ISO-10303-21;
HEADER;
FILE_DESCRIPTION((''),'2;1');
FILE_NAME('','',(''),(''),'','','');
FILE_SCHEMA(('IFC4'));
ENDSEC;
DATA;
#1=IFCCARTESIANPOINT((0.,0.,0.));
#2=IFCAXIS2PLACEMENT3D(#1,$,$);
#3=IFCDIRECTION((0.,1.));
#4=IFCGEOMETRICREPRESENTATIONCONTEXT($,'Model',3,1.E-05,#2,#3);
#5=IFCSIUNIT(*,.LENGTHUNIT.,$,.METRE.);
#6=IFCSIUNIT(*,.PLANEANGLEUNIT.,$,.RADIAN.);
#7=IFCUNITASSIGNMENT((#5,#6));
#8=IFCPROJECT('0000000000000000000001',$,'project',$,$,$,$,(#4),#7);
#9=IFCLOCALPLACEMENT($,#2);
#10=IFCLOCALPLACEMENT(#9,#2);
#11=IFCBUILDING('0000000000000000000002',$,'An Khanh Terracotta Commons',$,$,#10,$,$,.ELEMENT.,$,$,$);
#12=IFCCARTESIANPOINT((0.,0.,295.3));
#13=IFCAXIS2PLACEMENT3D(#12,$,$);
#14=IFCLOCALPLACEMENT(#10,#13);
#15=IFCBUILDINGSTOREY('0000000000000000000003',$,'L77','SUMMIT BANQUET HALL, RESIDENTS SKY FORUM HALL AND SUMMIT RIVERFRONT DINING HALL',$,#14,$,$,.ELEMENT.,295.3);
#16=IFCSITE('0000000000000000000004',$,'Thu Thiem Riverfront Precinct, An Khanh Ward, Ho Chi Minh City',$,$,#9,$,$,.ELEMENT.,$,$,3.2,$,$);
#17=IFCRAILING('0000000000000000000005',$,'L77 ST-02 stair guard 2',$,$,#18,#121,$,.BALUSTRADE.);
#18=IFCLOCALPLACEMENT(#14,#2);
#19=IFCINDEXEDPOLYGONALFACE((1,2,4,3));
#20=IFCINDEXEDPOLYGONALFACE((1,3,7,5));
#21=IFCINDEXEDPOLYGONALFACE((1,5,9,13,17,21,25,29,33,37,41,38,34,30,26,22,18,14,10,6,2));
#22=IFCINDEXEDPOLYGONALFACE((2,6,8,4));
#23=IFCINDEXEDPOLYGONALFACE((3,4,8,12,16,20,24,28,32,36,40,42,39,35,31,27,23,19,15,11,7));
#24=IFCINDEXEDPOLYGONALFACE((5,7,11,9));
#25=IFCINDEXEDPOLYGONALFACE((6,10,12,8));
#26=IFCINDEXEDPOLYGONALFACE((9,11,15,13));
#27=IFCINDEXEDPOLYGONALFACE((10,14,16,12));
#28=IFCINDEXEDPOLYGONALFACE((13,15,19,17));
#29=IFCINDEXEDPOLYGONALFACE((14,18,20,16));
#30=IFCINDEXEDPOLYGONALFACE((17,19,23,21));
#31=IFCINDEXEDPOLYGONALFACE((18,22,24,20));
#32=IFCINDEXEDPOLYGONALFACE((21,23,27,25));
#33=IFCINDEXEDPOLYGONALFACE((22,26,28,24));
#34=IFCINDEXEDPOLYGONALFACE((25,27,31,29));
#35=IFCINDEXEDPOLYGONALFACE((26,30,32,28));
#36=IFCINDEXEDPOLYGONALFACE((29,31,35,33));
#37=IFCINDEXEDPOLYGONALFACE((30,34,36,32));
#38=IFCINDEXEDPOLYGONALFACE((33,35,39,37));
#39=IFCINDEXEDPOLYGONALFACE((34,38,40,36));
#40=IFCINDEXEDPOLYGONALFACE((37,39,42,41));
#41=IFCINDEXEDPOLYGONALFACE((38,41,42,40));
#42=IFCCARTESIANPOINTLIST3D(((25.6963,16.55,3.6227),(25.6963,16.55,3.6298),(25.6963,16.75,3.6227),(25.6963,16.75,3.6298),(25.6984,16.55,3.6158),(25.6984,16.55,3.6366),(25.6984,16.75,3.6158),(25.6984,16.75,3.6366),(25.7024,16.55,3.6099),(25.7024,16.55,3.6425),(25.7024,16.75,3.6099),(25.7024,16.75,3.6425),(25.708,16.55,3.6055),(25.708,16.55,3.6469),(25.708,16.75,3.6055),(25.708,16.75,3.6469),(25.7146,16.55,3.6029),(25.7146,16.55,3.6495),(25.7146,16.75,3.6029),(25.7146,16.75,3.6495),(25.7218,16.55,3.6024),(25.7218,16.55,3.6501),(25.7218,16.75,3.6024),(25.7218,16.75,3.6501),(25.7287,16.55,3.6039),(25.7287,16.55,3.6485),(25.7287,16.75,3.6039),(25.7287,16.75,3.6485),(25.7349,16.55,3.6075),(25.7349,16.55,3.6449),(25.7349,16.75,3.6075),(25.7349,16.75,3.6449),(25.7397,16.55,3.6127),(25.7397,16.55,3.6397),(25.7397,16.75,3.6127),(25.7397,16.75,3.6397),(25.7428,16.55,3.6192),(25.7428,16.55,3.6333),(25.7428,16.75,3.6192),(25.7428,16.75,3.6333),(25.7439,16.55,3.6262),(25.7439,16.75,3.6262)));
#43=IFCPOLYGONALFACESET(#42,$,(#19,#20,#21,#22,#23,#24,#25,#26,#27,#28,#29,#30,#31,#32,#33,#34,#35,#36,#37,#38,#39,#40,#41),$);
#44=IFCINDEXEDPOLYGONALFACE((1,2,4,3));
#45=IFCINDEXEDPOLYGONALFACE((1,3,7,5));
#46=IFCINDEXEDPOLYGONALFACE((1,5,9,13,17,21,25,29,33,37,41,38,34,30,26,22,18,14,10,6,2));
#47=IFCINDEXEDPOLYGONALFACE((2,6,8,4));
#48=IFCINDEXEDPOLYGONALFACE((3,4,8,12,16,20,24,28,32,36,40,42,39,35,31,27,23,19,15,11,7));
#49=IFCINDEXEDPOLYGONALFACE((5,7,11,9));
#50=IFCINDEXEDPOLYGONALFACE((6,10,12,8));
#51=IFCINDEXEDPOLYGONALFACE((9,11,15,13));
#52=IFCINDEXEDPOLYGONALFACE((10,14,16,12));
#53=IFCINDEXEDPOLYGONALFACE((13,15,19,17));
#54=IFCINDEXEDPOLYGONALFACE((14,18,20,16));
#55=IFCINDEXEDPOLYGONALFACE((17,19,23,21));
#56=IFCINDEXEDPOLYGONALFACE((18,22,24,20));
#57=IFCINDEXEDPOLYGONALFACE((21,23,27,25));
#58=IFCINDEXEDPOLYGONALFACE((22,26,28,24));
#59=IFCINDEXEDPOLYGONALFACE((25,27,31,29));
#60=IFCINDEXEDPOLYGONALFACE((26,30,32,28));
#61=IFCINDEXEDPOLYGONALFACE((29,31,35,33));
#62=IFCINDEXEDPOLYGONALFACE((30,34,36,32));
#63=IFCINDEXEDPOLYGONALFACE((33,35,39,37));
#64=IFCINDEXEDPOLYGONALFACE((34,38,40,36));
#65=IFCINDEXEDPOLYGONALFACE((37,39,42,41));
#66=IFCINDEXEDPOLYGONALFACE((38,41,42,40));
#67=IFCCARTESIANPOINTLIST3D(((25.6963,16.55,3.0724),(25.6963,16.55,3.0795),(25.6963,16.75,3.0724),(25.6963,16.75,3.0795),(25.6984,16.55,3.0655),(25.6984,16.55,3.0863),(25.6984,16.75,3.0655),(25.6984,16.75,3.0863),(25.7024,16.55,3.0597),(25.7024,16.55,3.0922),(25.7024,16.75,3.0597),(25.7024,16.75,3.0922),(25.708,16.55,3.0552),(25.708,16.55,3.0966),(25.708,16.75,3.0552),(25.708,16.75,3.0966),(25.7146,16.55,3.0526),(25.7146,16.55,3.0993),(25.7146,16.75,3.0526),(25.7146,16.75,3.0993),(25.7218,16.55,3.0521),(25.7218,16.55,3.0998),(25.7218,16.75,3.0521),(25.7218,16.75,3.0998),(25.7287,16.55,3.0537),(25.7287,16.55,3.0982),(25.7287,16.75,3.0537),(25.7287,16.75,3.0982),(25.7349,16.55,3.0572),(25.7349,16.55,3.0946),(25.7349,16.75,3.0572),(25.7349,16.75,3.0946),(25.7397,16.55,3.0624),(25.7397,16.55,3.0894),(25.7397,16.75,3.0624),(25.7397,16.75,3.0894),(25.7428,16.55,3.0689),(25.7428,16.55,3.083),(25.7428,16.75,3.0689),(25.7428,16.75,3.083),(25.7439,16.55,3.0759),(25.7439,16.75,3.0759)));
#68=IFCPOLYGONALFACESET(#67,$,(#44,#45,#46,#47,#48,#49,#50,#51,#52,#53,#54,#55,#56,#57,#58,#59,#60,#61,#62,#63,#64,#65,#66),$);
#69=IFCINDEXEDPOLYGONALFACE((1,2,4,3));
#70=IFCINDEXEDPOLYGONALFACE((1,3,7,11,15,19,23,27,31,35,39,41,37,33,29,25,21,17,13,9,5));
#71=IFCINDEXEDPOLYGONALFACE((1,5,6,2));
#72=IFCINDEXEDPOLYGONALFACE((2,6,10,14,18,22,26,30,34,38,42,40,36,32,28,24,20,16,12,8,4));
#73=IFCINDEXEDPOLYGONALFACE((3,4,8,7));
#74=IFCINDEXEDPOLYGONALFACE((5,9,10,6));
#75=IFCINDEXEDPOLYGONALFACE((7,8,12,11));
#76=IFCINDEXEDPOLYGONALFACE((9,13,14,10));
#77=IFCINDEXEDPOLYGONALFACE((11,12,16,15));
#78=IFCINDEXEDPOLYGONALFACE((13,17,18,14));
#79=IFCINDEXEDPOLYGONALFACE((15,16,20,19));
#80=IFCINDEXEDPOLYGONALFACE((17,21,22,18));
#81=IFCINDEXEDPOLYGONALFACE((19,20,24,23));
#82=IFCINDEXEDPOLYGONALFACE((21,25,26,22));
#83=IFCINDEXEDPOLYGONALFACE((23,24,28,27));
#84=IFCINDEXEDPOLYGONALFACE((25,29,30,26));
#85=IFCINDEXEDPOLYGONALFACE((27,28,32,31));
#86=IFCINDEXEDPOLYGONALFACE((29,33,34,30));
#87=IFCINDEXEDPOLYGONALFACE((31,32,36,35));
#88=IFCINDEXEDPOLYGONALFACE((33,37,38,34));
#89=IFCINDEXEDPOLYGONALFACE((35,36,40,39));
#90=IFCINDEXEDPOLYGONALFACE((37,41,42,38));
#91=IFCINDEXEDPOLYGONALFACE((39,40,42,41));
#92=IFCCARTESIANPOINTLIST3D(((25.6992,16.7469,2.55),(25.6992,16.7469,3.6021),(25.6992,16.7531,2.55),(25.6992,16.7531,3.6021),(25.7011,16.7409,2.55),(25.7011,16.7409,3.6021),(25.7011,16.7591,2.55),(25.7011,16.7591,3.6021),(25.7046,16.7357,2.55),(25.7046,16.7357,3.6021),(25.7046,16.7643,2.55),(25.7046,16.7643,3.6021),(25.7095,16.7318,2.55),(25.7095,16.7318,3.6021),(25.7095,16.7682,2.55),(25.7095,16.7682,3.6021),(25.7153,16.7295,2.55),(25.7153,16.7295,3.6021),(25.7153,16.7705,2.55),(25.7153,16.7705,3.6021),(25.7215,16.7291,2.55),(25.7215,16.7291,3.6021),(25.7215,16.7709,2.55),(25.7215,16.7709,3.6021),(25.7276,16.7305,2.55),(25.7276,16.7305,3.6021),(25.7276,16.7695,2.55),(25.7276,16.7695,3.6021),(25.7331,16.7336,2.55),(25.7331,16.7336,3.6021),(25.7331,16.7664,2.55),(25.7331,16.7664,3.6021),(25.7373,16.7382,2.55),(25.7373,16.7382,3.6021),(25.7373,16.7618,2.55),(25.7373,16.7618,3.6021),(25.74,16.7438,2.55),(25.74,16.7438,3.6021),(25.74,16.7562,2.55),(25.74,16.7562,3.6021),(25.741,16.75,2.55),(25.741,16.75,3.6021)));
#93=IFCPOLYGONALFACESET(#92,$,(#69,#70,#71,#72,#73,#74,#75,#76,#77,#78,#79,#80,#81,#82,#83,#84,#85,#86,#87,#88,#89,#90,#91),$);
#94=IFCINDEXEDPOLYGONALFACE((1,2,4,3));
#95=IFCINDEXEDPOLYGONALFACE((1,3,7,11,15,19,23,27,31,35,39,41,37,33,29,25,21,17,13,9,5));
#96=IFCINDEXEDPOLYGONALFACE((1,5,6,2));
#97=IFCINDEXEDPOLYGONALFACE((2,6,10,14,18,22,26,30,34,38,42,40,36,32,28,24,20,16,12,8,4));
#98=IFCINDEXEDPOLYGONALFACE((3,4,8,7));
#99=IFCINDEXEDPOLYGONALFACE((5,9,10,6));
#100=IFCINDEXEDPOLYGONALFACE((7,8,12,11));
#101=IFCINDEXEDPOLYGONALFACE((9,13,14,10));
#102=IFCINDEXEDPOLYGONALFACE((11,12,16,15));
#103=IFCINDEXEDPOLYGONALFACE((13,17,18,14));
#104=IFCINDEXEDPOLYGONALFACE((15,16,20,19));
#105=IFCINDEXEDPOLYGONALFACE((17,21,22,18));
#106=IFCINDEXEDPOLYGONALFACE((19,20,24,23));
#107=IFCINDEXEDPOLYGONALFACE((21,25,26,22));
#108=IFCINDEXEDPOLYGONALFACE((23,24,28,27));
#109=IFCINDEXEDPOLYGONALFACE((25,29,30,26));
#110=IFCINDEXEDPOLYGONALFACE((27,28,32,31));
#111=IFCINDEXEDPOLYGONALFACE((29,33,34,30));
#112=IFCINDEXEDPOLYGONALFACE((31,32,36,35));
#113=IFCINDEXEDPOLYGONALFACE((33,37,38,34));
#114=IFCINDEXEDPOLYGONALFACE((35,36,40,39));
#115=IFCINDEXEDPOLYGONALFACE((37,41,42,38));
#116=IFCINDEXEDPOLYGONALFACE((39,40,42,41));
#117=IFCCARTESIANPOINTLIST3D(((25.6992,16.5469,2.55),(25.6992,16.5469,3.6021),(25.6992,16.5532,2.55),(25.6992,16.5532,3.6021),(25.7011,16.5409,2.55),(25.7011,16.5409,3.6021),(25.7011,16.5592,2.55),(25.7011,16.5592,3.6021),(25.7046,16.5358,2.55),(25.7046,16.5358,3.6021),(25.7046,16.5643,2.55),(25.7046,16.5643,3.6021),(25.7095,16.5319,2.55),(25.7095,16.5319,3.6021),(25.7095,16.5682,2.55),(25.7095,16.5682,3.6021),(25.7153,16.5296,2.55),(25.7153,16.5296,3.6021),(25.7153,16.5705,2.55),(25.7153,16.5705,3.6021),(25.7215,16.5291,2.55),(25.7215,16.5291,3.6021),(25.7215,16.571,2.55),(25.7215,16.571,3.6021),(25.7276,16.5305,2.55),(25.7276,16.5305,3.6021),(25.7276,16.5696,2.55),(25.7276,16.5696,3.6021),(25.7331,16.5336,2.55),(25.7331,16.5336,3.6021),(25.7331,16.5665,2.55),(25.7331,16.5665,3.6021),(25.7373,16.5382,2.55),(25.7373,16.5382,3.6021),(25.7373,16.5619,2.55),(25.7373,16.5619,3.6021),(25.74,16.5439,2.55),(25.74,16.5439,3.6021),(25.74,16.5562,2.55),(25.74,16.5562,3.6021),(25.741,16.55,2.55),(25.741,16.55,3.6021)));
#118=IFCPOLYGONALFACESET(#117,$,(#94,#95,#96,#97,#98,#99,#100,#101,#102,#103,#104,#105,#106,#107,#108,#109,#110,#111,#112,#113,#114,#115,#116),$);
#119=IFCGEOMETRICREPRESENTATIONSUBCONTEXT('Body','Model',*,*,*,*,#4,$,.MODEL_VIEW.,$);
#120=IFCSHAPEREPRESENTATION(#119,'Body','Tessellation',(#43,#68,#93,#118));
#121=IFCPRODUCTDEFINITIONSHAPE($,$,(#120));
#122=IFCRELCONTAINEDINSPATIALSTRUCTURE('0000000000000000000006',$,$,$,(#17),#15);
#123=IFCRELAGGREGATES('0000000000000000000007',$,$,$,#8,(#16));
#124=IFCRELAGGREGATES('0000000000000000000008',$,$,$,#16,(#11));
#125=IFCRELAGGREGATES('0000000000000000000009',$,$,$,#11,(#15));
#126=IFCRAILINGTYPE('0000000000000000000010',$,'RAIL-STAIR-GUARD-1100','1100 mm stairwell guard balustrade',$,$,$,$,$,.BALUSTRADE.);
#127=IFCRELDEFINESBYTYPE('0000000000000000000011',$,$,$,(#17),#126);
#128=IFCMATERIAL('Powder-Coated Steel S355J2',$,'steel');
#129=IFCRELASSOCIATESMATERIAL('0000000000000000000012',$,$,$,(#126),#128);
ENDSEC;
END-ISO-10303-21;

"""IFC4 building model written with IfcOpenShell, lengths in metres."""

from ifc_helpers import new_model, si_unit, direction, frame, origin, origin_2d, place, context, subcontext, project, spatial, circle, extrude, material, type_object, element, save


model = new_model("IFC4")

# Units and contexts
model_context = context("Model", 3, precision=1e-05, world=origin(), true_north=direction((0.0, 1.0)))
body_context = subcontext(model_context, "Body", "Model", "MODEL_VIEW")
ifc_project = project(units=[si_unit("LENGTHUNIT", "METRE"), si_unit("PLANEANGLEUNIT", "RADIAN")], contexts=[model_context])

# Site, building, storey
site_placement = place(None, origin())
site = spatial("IfcSite", under=ifc_project, at=site_placement, Name="Thu Thiem Riverfront Precinct, An Khanh Ward, Ho Chi Minh City", CompositionType="ELEMENT", RefElevation=3.2)
building_placement = place(site_placement, origin())
building = spatial("IfcBuilding", under=site, at=building_placement, Name="An Khanh Terracotta Commons", CompositionType="ELEMENT")
storey_placement = place(building_placement, frame((0.0, 0.0, 295.3)))
storey = spatial("IfcBuildingStorey", under=building, at=storey_placement, Name="L77", Description="SUMMIT BANQUET HALL, RESIDENTS SKY FORUM HALL AND SUMMIT RIVERFRONT DINING HALL", CompositionType="ELEMENT", Elevation=295.3)

# Railing
ifc_material_1 = material(Name="Powder-Coated Steel S355J2", Category="steel")
railing_type_1 = type_object("IfcRailingType", Name="RAIL-STAIR-GUARD-1100", Description="1100 mm stairwell guard balustrade", PredefinedType="BALUSTRADE", material=ifc_material_1)
railing_1_placement = place(storey_placement, frame((25.72, 16.75, 2.55)))
element("IfcRailing", 1, at=railing_1_placement, inside=storey, type_object=railing_type_1, Name="L77 ST-02 stair guard 2", PredefinedType="BALUSTRADE", context=body_context, shape_type="SweptSolid", body=[
    extrude(circle(Radius=0.0239, at=origin_2d()), frame((0.0, 0.0, 1.0762), z_axis=(0.0, -1.0, 0.0), x_axis=(1.0, 0.0, 0.0)), (0.0, 0.0, 1.0), 0.2),
    extrude(circle(Radius=0.0239, at=origin_2d()), frame((0.0, 0.0, 0.5259), z_axis=(0.0, -1.0, 0.0), x_axis=(1.0, 0.0, 0.0)), (0.0, 0.0, 1.0), 0.2),
    extrude(circle(Radius=0.021, at=origin_2d()), origin(), (0.0, 0.0, 1.0), 1.052),
    extrude(circle(Radius=0.021, at=origin_2d()), frame((0.0, -0.2, 0.0)), (0.0, 0.0, 1.0), 1.052),
])

save(model, "model.ifc")
